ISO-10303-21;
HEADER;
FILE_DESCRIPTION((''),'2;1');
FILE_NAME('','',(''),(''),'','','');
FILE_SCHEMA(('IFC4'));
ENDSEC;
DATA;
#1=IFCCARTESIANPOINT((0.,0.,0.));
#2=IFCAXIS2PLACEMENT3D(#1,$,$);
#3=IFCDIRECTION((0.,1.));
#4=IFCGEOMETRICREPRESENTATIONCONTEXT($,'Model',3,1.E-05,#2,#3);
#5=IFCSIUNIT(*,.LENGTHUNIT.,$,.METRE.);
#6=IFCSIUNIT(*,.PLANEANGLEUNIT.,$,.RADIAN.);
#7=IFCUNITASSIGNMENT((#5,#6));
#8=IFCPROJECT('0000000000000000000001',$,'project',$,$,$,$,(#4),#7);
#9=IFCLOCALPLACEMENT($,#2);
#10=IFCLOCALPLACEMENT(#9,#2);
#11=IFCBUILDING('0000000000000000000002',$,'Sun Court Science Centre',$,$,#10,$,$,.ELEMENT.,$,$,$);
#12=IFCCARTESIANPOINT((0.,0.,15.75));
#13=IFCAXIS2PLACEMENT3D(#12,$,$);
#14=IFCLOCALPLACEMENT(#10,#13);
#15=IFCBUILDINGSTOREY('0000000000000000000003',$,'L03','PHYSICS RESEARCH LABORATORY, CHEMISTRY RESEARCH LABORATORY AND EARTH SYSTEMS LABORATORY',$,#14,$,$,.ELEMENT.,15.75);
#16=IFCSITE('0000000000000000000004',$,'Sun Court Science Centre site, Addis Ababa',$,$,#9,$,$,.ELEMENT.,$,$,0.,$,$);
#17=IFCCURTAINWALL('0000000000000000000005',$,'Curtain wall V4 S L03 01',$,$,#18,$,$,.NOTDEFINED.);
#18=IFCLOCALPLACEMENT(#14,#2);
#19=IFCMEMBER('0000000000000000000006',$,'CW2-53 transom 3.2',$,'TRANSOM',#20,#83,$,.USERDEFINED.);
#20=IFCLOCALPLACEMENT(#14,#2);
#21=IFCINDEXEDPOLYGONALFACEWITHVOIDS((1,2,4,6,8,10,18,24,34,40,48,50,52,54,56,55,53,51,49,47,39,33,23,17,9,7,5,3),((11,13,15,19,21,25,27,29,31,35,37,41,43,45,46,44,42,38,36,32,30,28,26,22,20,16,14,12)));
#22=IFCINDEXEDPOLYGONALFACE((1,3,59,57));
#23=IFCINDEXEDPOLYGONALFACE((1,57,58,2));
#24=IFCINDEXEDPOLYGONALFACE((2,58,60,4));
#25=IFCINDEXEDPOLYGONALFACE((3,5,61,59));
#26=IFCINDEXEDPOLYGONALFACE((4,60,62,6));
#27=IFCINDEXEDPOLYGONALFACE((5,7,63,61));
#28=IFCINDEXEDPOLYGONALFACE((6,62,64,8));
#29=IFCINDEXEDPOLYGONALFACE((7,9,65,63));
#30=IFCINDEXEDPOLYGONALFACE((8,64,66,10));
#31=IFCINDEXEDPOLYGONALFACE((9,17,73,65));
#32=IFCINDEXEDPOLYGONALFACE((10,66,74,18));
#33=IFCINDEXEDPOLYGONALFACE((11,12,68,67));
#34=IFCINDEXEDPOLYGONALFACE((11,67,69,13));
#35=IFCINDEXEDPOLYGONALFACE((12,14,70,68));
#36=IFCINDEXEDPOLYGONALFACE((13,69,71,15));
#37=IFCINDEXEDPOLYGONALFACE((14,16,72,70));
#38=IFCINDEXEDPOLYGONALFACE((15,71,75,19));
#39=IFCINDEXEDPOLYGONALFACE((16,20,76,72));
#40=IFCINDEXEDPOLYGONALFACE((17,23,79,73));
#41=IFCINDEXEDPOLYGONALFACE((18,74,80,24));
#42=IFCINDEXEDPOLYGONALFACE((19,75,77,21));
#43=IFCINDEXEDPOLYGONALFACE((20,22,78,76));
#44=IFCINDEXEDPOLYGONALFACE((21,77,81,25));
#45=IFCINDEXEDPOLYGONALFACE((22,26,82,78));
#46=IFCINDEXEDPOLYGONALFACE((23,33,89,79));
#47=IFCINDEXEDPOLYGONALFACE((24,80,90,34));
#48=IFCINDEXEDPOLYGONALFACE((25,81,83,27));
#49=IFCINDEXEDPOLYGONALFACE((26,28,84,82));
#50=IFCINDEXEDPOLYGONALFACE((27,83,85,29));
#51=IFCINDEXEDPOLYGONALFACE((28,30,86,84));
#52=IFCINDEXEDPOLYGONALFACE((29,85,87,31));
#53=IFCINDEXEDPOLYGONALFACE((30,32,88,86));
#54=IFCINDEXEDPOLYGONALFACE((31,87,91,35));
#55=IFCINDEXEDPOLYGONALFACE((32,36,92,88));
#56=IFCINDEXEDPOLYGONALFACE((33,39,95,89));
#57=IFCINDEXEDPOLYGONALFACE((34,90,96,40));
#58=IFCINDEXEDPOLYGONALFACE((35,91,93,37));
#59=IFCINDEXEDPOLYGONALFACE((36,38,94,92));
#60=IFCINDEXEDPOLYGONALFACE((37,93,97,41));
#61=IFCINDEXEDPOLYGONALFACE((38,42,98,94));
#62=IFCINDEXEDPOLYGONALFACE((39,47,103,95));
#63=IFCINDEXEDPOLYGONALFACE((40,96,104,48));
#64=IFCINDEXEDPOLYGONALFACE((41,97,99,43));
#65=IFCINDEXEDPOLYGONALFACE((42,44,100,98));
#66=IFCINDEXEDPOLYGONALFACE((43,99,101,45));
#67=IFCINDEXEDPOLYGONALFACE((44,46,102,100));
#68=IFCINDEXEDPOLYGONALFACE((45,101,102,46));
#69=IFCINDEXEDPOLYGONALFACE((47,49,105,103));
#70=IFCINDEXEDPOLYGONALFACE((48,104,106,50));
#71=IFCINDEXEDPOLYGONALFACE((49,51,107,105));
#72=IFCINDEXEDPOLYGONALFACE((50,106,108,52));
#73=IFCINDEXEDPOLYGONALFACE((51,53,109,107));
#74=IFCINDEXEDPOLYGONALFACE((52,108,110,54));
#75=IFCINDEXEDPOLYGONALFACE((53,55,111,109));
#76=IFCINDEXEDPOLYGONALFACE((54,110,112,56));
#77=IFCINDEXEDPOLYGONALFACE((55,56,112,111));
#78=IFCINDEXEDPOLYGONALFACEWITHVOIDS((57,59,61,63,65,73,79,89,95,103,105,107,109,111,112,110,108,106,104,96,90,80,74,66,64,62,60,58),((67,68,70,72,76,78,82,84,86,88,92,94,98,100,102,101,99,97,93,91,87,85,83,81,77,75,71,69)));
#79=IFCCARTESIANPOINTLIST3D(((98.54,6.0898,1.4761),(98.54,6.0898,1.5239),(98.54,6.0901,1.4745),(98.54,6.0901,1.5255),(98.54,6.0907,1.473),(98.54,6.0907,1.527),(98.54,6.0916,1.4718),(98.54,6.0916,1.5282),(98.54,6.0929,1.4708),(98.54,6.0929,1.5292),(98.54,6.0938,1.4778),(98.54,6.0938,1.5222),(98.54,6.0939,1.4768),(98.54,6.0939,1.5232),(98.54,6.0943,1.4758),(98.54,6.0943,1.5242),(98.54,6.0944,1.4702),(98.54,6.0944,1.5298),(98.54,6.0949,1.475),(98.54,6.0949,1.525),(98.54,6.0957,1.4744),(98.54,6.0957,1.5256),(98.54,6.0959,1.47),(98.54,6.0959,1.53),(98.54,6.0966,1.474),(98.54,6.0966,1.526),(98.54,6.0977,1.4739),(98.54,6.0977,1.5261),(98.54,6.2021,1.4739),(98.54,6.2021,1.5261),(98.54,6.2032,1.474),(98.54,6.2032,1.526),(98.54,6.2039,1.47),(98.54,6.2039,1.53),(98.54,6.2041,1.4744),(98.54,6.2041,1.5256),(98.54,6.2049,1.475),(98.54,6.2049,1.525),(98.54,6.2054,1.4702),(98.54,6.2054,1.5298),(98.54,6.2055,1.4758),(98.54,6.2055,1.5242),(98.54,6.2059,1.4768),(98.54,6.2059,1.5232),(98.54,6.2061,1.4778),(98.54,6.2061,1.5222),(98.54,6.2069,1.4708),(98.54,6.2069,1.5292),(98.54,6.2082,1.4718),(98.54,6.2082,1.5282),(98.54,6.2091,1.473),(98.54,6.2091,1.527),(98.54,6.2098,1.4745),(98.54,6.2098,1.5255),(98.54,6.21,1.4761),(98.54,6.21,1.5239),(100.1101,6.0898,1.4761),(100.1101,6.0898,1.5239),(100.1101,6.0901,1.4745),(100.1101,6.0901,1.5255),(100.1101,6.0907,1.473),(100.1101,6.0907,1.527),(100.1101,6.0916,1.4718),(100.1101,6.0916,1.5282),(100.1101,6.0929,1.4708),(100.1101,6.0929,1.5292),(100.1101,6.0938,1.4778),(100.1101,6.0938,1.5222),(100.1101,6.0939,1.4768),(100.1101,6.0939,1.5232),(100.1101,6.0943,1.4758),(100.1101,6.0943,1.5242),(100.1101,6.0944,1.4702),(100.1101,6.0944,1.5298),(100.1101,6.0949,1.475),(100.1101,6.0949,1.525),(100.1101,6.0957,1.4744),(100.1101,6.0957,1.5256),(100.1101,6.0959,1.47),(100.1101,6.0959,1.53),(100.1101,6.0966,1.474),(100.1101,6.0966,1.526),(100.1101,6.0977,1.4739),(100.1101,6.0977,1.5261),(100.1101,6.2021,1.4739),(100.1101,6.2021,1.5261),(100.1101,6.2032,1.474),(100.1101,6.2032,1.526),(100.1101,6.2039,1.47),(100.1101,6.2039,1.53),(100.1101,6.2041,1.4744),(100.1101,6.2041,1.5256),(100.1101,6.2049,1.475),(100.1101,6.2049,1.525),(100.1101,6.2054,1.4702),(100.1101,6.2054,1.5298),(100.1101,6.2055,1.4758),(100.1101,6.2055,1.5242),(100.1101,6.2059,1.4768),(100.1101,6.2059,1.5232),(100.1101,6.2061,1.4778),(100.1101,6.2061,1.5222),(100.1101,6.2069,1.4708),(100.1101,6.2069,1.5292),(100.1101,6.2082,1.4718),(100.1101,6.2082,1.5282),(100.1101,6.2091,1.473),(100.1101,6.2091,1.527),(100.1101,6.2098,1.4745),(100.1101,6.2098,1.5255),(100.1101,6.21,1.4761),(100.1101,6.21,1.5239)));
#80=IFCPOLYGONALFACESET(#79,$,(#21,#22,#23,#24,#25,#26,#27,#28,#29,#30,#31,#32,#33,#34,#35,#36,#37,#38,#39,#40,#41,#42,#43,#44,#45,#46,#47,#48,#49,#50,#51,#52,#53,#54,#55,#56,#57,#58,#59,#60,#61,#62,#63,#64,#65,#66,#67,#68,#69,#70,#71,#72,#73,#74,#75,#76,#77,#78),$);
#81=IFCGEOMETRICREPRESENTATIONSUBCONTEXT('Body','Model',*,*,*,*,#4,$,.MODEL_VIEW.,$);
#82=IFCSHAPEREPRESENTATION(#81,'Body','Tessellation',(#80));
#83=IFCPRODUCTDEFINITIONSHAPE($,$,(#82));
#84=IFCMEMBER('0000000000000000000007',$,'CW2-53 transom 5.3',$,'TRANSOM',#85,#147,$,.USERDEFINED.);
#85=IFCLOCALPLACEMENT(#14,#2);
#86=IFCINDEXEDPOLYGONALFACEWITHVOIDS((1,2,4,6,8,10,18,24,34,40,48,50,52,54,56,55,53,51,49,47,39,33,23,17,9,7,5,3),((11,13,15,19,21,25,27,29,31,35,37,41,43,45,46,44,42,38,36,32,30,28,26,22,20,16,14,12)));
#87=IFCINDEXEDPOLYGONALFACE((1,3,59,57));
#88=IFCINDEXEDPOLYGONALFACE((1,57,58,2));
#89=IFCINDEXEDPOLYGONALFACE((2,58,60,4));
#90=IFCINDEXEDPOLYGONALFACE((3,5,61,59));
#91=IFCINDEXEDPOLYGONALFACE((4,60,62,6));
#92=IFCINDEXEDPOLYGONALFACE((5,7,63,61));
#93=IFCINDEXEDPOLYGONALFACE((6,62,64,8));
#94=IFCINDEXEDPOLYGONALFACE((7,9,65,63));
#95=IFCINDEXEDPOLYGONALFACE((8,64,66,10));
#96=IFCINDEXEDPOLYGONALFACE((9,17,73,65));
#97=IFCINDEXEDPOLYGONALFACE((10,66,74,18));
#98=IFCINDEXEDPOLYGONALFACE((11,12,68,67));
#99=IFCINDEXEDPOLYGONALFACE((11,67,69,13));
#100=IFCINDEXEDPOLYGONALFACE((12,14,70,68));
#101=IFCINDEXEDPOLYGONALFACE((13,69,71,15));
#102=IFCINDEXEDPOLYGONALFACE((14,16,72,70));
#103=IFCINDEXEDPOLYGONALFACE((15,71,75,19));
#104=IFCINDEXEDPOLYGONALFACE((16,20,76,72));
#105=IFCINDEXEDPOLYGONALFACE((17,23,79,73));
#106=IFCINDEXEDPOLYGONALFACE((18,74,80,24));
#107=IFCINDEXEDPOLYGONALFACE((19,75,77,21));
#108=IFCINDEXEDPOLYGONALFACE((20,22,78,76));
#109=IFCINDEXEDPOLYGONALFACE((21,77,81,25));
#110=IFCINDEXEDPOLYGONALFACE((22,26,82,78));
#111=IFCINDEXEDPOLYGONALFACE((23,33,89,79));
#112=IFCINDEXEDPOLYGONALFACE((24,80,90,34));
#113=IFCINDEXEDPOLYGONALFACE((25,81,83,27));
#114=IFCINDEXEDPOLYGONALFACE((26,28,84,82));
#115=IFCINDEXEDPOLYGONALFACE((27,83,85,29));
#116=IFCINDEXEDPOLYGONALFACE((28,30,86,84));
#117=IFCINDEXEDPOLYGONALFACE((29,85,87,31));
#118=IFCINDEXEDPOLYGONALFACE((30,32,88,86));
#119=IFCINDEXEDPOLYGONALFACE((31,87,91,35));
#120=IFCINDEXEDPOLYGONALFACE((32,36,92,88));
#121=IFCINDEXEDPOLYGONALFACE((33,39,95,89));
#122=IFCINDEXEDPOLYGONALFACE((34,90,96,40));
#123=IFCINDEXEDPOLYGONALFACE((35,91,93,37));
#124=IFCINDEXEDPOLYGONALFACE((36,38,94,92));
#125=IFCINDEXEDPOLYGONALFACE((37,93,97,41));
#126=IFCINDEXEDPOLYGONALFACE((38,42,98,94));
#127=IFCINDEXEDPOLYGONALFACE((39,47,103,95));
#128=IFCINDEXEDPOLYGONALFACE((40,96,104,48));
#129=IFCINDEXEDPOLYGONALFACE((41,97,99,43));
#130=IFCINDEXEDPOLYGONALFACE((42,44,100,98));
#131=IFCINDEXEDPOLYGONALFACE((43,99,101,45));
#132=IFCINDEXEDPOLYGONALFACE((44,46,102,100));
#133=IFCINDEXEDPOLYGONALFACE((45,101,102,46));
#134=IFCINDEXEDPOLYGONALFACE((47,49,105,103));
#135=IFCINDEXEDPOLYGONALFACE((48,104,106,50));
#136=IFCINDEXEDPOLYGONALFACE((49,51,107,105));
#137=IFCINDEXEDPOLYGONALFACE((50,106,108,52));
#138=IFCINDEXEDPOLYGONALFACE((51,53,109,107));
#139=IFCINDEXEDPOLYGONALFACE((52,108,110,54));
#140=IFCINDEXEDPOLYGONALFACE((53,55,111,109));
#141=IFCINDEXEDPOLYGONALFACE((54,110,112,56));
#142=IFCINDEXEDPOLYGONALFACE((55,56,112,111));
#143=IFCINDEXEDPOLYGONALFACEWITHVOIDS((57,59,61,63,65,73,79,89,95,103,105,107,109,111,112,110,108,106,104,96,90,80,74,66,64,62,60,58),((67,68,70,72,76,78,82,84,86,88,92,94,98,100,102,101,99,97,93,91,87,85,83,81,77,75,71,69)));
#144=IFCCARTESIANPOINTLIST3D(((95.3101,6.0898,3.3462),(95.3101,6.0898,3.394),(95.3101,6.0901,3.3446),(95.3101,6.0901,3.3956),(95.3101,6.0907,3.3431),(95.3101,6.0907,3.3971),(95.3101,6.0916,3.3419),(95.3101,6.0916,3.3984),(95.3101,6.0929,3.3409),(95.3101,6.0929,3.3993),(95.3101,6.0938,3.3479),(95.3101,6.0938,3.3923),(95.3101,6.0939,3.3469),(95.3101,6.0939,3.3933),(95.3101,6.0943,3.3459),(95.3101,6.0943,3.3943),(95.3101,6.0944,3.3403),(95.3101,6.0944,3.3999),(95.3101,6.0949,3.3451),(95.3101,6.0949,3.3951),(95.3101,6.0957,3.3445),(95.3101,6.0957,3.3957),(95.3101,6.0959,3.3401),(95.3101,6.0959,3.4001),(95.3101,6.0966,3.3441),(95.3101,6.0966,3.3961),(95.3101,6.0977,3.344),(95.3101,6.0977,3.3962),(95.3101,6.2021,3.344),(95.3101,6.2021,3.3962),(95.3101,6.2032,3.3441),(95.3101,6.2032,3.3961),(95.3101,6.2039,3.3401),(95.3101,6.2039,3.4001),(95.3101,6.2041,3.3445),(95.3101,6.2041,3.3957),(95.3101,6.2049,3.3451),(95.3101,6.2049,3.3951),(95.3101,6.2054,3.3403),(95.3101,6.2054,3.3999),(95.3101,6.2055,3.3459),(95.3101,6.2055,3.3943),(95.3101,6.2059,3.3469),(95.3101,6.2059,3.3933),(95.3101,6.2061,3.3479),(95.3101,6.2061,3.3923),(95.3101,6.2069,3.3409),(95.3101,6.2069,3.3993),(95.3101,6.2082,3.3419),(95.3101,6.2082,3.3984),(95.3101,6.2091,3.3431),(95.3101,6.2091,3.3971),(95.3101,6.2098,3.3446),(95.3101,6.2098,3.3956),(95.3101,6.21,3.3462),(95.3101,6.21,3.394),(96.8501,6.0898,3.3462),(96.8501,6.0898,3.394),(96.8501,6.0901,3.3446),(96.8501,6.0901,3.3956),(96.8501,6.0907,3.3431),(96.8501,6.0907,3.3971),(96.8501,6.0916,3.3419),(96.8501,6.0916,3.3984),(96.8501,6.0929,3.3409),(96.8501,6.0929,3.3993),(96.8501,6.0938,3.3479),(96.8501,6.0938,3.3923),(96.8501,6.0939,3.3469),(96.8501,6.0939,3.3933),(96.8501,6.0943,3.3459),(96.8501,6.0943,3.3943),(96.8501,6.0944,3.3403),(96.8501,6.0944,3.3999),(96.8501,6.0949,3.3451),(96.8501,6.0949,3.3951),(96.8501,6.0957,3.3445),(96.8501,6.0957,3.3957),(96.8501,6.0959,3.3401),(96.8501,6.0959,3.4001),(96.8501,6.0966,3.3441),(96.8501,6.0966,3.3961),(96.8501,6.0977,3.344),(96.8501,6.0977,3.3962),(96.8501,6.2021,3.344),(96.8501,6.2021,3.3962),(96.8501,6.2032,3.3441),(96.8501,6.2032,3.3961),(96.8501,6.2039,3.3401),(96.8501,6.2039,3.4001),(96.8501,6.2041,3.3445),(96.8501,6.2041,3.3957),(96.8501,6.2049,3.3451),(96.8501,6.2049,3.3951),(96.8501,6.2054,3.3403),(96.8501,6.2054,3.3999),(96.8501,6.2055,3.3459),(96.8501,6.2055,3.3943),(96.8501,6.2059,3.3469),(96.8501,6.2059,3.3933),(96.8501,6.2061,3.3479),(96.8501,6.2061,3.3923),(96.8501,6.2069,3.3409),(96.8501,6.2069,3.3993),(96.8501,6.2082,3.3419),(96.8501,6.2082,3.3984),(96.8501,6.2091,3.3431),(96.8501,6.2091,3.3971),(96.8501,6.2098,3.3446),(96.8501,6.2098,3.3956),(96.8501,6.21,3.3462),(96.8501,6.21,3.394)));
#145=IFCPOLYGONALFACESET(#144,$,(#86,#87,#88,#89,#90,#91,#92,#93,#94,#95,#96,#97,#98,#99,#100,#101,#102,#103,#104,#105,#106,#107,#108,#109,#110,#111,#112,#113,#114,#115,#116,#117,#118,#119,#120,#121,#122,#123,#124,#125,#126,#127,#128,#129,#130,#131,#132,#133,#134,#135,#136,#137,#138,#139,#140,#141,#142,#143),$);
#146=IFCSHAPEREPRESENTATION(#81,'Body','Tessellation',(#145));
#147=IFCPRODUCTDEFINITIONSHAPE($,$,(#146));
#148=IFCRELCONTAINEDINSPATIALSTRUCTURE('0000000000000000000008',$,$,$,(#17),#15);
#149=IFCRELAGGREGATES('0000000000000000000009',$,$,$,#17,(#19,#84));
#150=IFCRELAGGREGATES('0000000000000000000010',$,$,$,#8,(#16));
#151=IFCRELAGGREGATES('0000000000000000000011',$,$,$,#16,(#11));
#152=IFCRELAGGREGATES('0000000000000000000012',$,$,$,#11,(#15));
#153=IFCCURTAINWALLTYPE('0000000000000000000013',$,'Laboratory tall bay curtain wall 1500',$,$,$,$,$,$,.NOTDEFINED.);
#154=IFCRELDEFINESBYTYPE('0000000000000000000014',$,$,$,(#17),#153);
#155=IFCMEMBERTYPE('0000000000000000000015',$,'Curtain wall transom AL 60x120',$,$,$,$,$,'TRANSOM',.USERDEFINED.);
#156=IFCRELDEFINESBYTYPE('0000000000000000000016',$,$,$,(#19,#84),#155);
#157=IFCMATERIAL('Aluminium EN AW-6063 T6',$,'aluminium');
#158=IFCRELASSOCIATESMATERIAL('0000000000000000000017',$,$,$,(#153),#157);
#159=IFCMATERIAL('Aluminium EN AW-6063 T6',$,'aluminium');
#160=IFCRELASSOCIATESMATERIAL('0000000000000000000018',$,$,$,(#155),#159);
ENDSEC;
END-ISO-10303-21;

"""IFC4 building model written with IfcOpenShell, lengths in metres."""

from ifc_helpers import new_model, si_unit, direction, frame, origin, origin_2d, place, context, subcontext, project, spatial, hollow_rectangle, extrude, material, material_profile, profile_set, type_object, element, aggregate, save


model = new_model("IFC4")

# Units and contexts
model_context = context("Model", 3, precision=1e-05, world=origin(), true_north=direction((0.0, 1.0)))
body_context = subcontext(model_context, "Body", "Model", "MODEL_VIEW")
ifc_project = project(units=[si_unit("LENGTHUNIT", "METRE"), si_unit("PLANEANGLEUNIT", "RADIAN")], contexts=[model_context])

# Site, building, storey
site_placement = place(None, origin())
site = spatial("IfcSite", under=ifc_project, at=site_placement, Name="Sun Court Science Centre site, Addis Ababa", CompositionType="ELEMENT", RefElevation=0.0)
building_placement = place(site_placement, origin())
building = spatial("IfcBuilding", under=site, at=building_placement, Name="Sun Court Science Centre", CompositionType="ELEMENT")
storey_placement = place(building_placement, frame((0.0, 0.0, 15.75)))
storey = spatial("IfcBuildingStorey", under=building, at=storey_placement, Name="L03", Description="PHYSICS RESEARCH LABORATORY, CHEMISTRY RESEARCH LABORATORY AND EARTH SYSTEMS LABORATORY", CompositionType="ELEMENT", Elevation=15.75)

# Curtain wall
ifc_material_1 = material(Name="Aluminium EN AW-6063 T6", Category="aluminium")
curtain_wall_type = type_object("IfcCurtainWallType", Name="Laboratory tall bay curtain wall 1500", PredefinedType="NOTDEFINED", material=ifc_material_1)
curtain_wall_1_placement = place(storey_placement, origin())
curtain_wall_1 = element("IfcCurtainWall", 1, at=curtain_wall_1_placement, inside=storey, type_object=curtain_wall_type, Name="Curtain wall V4 S L03 01", PredefinedType="NOTDEFINED")

# Members
ifc_material_2 = material(Name="Aluminium EN AW-6063 T6", Category="aluminium")
ifc_material_profile_1 = material_profile(ifc_material_2, hollow_rectangle(XDim=0.0601, YDim=0.1201, WallThickness=0.0039, InnerFilletRadius=0.0039, OuterFilletRadius=0.0061, at=origin_2d()), Name="AL 60x120x4")
ifc_profile_set_1 = profile_set([ifc_material_profile_1], Name="Aluminium EN AW-6063 T6")
member_type_1 = type_object("IfcMemberType", Name="Curtain wall transom AL 60x120", ElementType="TRANSOM", PredefinedType="USERDEFINED", material=ifc_profile_set_1)
member_1_placement = place(storey_placement, frame((100.1101, 6.1499, 1.5), z_axis=(-1.0, 0.0, 0.0), x_axis=(0.0, 0.0, 1.0)))
member_1 = element("IfcMember", 2, at=member_1_placement, type_object=member_type_1, Name="CW2-53 transom 3.2", ObjectType="TRANSOM", PredefinedType="USERDEFINED", context=body_context, shape_type="SweptSolid", body=[
    extrude(hollow_rectangle(XDim=0.0601, YDim=0.1201, WallThickness=0.0039, InnerFilletRadius=0.0039, OuterFilletRadius=0.0061, at=origin_2d()), origin(), (0.0, 0.0, 1.0), 1.5701),
])
member_2_placement = place(storey_placement, frame((96.8501, 6.1499, 3.3701), z_axis=(-1.0, 0.0, 0.0), x_axis=(0.0, 0.0, 1.0)))
member_2 = element("IfcMember", 3, at=member_2_placement, type_object=member_type_1, Name="CW2-53 transom 5.3", ObjectType="TRANSOM", PredefinedType="USERDEFINED", context=body_context, shape_type="SweptSolid", body=[
    extrude(hollow_rectangle(XDim=0.0601, YDim=0.1201, WallThickness=0.0039, InnerFilletRadius=0.0039, OuterFilletRadius=0.0061, at=origin_2d()), origin(), (0.0, 0.0, 1.0), 1.54),
])

aggregate(curtain_wall_1, [member_1, member_2])

save(model, "model.ifc")
